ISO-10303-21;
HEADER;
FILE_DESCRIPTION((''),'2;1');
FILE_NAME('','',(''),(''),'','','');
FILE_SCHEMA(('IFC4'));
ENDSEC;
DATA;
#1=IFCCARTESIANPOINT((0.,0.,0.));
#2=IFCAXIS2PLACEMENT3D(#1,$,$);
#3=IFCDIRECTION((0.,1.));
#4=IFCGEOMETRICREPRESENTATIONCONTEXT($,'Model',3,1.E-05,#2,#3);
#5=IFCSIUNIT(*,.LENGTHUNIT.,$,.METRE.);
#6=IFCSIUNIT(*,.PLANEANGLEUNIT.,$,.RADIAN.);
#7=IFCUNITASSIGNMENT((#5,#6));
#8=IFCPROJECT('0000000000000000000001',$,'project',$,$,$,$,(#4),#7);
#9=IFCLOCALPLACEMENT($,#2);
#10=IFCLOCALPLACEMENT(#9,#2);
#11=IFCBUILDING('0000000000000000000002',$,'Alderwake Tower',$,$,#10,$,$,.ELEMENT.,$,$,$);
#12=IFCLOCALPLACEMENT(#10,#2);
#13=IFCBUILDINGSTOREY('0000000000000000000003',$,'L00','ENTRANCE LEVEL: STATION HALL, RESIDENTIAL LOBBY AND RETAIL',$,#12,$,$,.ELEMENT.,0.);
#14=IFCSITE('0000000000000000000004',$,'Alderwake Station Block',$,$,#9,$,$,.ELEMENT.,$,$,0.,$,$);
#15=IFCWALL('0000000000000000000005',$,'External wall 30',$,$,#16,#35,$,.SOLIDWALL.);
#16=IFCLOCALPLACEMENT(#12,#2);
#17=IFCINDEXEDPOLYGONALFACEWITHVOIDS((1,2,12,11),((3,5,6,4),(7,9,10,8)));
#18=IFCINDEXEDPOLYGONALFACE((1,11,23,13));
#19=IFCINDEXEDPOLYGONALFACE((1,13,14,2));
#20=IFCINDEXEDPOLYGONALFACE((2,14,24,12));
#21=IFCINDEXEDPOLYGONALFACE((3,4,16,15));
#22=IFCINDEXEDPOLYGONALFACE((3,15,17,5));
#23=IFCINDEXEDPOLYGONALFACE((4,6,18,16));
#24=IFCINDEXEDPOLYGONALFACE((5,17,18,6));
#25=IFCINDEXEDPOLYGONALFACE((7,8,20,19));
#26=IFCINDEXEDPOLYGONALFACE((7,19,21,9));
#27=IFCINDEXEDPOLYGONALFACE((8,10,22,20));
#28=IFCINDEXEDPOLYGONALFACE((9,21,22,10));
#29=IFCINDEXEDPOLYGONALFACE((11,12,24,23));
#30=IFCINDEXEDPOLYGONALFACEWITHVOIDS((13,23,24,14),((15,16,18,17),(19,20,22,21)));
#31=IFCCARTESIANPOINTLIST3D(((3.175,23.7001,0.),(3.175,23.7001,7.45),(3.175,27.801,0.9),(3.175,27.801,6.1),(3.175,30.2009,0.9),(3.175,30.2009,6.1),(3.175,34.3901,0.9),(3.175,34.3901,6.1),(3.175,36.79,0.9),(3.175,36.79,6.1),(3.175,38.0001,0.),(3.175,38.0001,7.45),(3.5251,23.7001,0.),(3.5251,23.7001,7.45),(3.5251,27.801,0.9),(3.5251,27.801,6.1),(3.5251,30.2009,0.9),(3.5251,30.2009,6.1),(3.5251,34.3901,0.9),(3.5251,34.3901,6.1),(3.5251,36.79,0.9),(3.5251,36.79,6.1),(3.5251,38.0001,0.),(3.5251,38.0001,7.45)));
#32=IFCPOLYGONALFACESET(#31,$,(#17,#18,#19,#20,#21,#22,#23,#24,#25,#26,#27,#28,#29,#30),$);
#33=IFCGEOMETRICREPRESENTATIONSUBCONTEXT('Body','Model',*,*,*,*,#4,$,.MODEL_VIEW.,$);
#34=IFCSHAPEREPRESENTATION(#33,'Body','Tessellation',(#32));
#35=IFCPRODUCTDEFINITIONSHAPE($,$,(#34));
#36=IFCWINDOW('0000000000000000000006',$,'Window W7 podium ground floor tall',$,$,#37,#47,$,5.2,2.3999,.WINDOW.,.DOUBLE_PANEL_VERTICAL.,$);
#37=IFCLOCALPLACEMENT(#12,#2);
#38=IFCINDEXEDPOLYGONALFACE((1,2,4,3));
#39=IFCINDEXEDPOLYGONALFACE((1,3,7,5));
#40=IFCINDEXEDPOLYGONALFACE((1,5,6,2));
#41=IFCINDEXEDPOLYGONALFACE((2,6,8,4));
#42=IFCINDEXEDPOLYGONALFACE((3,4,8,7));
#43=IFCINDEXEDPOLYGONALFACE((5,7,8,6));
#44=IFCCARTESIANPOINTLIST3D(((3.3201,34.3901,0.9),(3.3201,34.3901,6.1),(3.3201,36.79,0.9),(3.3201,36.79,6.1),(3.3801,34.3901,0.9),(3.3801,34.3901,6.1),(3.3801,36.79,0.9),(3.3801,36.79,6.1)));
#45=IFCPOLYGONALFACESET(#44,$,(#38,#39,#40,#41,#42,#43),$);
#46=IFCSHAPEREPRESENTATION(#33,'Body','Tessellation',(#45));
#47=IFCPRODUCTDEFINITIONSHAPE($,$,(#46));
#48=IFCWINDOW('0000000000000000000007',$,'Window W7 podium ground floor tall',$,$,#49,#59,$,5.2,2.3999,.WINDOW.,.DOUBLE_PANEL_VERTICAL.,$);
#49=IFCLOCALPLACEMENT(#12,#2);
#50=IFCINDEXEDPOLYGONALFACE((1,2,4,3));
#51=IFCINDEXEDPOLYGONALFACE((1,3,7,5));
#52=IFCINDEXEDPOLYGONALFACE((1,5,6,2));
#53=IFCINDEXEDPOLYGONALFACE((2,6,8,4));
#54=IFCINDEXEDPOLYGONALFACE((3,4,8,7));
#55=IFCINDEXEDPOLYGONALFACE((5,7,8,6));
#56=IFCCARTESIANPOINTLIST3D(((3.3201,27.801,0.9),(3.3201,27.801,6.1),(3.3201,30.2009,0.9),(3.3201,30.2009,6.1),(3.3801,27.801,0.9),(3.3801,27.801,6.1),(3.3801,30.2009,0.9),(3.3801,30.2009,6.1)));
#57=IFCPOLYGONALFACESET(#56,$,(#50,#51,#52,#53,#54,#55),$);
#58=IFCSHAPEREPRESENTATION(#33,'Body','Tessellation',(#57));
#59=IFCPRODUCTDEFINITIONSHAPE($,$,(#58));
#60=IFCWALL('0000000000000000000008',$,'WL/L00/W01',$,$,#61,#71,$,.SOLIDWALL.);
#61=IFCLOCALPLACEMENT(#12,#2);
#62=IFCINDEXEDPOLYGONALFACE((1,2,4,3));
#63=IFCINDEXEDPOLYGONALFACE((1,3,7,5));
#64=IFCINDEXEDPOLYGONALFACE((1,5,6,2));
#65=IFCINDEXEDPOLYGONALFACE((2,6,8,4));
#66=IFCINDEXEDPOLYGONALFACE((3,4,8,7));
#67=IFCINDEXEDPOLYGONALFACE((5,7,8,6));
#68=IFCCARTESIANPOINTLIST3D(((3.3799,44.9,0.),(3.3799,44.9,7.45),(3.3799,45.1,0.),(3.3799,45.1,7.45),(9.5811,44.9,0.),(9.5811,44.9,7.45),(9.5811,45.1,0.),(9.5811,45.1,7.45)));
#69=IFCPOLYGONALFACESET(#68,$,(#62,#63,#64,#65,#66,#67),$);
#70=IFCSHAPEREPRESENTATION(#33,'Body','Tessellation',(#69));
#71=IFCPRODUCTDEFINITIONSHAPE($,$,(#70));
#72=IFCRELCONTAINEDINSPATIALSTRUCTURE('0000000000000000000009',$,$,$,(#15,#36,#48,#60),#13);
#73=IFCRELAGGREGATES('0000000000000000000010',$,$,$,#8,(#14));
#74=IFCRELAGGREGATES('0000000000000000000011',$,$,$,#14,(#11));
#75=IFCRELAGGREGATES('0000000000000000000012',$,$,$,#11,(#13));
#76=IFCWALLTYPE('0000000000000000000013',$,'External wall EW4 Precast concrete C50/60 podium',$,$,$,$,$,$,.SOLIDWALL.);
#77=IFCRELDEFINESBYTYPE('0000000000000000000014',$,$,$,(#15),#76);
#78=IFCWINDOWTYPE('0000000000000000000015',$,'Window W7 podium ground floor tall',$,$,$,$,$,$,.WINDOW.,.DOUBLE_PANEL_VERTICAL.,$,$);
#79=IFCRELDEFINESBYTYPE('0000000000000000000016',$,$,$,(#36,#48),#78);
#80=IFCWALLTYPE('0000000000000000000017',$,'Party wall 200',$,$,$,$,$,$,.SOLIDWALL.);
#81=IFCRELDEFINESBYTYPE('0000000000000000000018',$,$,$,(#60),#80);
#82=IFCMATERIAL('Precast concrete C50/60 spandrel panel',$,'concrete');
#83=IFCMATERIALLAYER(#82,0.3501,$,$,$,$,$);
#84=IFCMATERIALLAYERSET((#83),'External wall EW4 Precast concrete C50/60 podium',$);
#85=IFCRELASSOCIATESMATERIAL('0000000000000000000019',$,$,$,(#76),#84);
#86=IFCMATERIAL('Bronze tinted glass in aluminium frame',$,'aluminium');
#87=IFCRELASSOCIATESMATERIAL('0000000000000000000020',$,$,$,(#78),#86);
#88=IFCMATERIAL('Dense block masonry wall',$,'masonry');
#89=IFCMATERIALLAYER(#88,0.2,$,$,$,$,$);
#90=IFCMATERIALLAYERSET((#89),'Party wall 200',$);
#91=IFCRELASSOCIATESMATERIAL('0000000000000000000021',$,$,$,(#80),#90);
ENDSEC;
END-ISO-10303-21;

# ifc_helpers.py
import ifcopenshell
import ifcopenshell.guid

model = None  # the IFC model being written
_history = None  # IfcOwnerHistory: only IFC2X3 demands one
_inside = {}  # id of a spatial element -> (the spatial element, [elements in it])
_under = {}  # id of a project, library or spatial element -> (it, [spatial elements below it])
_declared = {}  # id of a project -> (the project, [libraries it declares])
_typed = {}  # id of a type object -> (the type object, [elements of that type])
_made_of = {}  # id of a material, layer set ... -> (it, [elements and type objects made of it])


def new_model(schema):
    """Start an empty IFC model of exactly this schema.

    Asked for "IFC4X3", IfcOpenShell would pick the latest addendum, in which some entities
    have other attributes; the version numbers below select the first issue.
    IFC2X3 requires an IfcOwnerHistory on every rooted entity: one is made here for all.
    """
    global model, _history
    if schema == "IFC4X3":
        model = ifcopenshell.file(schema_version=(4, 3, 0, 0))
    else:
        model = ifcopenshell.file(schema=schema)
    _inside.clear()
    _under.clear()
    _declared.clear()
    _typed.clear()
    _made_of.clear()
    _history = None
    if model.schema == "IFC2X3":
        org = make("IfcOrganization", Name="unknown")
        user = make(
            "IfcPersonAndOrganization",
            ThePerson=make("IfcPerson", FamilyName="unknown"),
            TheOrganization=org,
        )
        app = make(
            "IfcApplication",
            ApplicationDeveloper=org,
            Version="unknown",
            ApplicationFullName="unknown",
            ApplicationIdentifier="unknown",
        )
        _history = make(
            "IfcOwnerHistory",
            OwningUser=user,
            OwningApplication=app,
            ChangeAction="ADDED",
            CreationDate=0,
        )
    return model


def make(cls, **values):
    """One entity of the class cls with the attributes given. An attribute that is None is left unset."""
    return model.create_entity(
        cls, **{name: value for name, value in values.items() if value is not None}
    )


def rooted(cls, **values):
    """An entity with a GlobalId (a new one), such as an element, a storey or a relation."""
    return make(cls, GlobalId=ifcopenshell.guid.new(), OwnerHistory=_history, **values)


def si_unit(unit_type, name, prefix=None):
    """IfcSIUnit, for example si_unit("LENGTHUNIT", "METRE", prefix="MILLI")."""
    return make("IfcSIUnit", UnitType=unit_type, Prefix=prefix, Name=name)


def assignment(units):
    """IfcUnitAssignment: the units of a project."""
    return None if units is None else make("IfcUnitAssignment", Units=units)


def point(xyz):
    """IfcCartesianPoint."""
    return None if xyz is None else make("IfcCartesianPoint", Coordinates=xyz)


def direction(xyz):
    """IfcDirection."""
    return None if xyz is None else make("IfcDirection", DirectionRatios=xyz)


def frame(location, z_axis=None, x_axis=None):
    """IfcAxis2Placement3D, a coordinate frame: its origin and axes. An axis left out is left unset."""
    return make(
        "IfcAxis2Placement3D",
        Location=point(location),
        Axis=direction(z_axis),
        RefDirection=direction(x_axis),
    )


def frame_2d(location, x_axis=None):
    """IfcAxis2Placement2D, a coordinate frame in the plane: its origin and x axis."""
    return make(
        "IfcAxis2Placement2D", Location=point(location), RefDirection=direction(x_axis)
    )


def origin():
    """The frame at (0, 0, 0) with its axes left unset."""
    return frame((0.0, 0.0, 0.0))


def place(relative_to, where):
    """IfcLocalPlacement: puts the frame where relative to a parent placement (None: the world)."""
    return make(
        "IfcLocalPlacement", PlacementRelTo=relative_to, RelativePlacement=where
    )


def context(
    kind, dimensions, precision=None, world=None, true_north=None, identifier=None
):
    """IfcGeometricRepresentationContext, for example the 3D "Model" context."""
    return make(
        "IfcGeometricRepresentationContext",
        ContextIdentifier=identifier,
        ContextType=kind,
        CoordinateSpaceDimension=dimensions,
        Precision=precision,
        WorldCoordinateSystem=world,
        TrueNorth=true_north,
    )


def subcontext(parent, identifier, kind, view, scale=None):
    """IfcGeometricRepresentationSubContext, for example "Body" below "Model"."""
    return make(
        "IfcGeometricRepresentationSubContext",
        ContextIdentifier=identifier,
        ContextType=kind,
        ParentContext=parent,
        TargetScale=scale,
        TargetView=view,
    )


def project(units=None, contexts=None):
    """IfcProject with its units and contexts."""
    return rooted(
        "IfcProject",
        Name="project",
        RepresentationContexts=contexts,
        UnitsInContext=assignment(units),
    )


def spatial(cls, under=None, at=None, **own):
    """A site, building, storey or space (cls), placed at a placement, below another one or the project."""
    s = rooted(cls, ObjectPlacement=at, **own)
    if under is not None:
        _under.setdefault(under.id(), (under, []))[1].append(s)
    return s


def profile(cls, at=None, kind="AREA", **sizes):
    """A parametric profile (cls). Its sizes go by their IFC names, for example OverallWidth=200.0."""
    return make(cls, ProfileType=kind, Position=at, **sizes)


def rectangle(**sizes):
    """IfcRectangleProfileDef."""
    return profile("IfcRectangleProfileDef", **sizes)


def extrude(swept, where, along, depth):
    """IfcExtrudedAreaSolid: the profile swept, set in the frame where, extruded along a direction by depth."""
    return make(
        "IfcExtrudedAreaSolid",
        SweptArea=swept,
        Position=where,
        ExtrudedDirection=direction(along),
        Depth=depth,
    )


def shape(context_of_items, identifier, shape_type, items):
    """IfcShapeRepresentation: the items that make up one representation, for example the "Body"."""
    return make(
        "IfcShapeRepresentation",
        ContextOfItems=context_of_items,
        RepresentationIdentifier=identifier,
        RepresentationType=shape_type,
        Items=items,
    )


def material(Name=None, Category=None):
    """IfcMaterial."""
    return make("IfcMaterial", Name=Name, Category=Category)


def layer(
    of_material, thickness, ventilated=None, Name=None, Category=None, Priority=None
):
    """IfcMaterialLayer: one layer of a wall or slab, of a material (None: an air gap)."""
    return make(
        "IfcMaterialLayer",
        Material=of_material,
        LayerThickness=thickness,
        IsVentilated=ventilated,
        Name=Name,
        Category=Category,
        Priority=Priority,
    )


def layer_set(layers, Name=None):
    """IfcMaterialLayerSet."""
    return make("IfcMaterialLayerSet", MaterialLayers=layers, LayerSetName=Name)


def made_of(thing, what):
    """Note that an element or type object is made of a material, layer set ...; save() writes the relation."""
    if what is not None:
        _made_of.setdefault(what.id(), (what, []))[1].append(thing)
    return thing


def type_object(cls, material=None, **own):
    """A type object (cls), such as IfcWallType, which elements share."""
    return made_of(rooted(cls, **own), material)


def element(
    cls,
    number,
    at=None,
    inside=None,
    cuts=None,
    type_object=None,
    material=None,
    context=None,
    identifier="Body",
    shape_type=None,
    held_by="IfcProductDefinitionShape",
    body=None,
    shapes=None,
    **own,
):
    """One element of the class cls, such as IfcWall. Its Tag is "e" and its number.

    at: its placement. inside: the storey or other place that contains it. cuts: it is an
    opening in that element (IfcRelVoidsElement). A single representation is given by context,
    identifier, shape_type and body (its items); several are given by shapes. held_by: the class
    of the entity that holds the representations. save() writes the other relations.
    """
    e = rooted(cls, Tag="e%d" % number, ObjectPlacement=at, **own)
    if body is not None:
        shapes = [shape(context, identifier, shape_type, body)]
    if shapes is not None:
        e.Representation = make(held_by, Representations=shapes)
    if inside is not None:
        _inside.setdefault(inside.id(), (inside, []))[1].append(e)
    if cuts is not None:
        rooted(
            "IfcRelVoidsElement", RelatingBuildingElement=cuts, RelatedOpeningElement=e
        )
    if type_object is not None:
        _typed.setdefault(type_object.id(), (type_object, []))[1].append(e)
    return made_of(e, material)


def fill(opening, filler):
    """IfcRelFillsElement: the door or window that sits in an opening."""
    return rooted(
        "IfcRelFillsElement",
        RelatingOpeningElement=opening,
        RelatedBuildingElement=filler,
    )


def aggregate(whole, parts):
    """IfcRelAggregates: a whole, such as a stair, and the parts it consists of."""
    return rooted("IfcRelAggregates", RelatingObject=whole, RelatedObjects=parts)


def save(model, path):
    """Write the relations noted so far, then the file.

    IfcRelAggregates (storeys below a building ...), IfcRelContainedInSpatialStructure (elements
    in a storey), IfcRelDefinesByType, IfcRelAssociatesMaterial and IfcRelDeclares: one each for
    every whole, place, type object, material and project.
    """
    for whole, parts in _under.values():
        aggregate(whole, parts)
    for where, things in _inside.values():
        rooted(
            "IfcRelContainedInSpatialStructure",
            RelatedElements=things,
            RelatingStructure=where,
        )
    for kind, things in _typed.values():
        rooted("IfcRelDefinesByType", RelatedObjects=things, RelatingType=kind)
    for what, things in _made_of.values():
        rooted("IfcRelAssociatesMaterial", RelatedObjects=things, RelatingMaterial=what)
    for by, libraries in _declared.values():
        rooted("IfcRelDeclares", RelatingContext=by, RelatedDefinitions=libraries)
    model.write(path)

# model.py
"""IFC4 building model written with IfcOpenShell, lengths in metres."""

from ifc_helpers import new_model, si_unit, direction, frame, frame_2d, origin, place, context, subcontext, project, spatial, rectangle, extrude, material, layer, layer_set, type_object, element, fill, save


model = new_model("IFC4")

# Units and contexts
model_context = context("Model", 3, precision=1e-05, world=origin(), true_north=direction((0.0, 1.0)))
body_context = subcontext(model_context, "Body", "Model", "MODEL_VIEW")
ifc_project = project(units=[si_unit("LENGTHUNIT", "METRE"), si_unit("PLANEANGLEUNIT", "RADIAN")], contexts=[model_context])

# Site, building, storey
site_placement = place(None, origin())
site = spatial("IfcSite", under=ifc_project, at=site_placement, Name="Alderwake Station Block", CompositionType="ELEMENT", RefElevation=0.0)
building_placement = place(site_placement, origin())
building = spatial("IfcBuilding", under=site, at=building_placement, Name="Alderwake Tower", CompositionType="ELEMENT")
storey_placement = place(building_placement, origin())
storey = spatial("IfcBuildingStorey", under=building, at=storey_placement, Name="L00", Description="ENTRANCE LEVEL: STATION HALL, RESIDENTIAL LOBBY AND RETAIL", CompositionType="ELEMENT", Elevation=0.0)

# Shared definitions
ifc_material_1 = material(Name="Precast concrete C50/60 spandrel panel", Category="concrete")
ifc_layer_1 = layer(ifc_material_1, 0.3501)
ifc_layer_set_1 = layer_set([ifc_layer_1], Name="External wall EW4 Precast concrete C50/60 podium")
wall_type_1 = type_object("IfcWallType", Name="External wall EW4 Precast concrete C50/60 podium", PredefinedType="SOLIDWALL", material=ifc_layer_set_1)

# Wall, openings, windows
wall_1_placement = place(storey_placement, frame((3.3501, 38.0, 0.0), z_axis=(0.0, 0.0, 1.0), x_axis=(0.0, -1.0, 0.0)))
wall_1 = element("IfcWall", 1, at=wall_1_placement, inside=storey, type_object=wall_type_1, Name="External wall 30", PredefinedType="SOLIDWALL", context=body_context, shape_type="SweptSolid", body=[
    extrude(rectangle(XDim=14.3, YDim=0.3501, at=frame_2d((7.1499, 0.0))), origin(), (0.0, 0.0, 1.0), 7.45),
])
opening_1_placement = place(wall_1_placement, frame((1.21, 0.0, 0.8999)))
opening_1 = element("IfcOpeningElement", 2, at=opening_1_placement, cuts=wall_1, PredefinedType="OPENING", context=body_context, shape_type="SweptSolid", body=[
    extrude(rectangle(XDim=2.3999, YDim=5.2, at=frame_2d((1.2, 2.6001))), frame((0.0, 0.1851, 0.0), z_axis=(0.0, -1.0, 0.0), x_axis=(1.0, 0.0, 0.0)), (0.0, 0.0, 1.0), 0.3701),
])
opening_2_placement = place(wall_1_placement, frame((7.7991, 0.0, 0.8999)))
opening_2 = element("IfcOpeningElement", 3, at=opening_2_placement, cuts=wall_1, PredefinedType="OPENING", context=body_context, shape_type="SweptSolid", body=[
    extrude(rectangle(XDim=2.3999, YDim=5.2, at=frame_2d((1.2, 2.6001))), frame((0.0, 0.1851, 0.0), z_axis=(0.0, -1.0, 0.0), x_axis=(1.0, 0.0, 0.0)), (0.0, 0.0, 1.0), 0.3701),
])
ifc_material_2 = material(Name="Bronze tinted glass in aluminium frame", Category="aluminium")
window_type = type_object("IfcWindowType", Name="Window W7 podium ground floor tall", PartitioningType="DOUBLE_PANEL_VERTICAL", PredefinedType="WINDOW", material=ifc_material_2)
window_1_placement = place(opening_1_placement, origin())
window_1 = element("IfcWindow", 4, at=window_1_placement, inside=storey, type_object=window_type, Name="Window W7 podium ground floor tall", OverallHeight=5.2, OverallWidth=2.3999, PartitioningType="DOUBLE_PANEL_VERTICAL", PredefinedType="WINDOW", context=body_context, shape_type="SweptSolid", body=[
    extrude(rectangle(XDim=2.3999, YDim=5.2, at=frame_2d((1.2, 2.6001))), frame((0.0, 0.03, 0.0), z_axis=(0.0, -1.0, 0.0), x_axis=(1.0, 0.0, 0.0)), (0.0, 0.0, 1.0), 0.0601),
])
fill(opening_1, window_1)
window_2_placement = place(opening_2_placement, origin())
window_2 = element("IfcWindow", 5, at=window_2_placement, inside=storey, type_object=window_type, Name="Window W7 podium ground floor tall", OverallHeight=5.2, OverallWidth=2.3999, PartitioningType="DOUBLE_PANEL_VERTICAL", PredefinedType="WINDOW", context=body_context, shape_type="SweptSolid", body=[
    extrude(rectangle(XDim=2.3999, YDim=5.2, at=frame_2d((1.2, 2.6001))), frame((0.0, 0.03, 0.0), z_axis=(0.0, -1.0, 0.0), x_axis=(1.0, 0.0, 0.0)), (0.0, 0.0, 1.0), 0.0601),
])
fill(opening_2, window_2)

# Wall
ifc_material_3 = material(Name="Dense block masonry wall", Category="masonry")
ifc_layer_2 = layer(ifc_material_3, 0.2)
ifc_layer_set_2 = layer_set([ifc_layer_2], Name="Party wall 200")
wall_type_2 = type_object("IfcWallType", Name="Party wall 200", PredefinedType="SOLIDWALL", material=ifc_layer_set_2)
wall_2_placement = place(storey_placement, frame((9.5811, 45.0, 0.0), z_axis=(0.0, 0.0, 1.0), x_axis=(-1.0, 0.0, 0.0)))
element("IfcWall", 6, at=wall_2_placement, inside=storey, type_object=wall_type_2, Name="WL/L00/W01", PredefinedType="SOLIDWALL", context=body_context, shape_type="SweptSolid", body=[
    extrude(rectangle(XDim=6.2012, YDim=0.2, at=frame_2d((3.1006, 0.0))), origin(), (0.0, 0.0, 1.0), 7.45),
])

save(model, "model.ifc")
